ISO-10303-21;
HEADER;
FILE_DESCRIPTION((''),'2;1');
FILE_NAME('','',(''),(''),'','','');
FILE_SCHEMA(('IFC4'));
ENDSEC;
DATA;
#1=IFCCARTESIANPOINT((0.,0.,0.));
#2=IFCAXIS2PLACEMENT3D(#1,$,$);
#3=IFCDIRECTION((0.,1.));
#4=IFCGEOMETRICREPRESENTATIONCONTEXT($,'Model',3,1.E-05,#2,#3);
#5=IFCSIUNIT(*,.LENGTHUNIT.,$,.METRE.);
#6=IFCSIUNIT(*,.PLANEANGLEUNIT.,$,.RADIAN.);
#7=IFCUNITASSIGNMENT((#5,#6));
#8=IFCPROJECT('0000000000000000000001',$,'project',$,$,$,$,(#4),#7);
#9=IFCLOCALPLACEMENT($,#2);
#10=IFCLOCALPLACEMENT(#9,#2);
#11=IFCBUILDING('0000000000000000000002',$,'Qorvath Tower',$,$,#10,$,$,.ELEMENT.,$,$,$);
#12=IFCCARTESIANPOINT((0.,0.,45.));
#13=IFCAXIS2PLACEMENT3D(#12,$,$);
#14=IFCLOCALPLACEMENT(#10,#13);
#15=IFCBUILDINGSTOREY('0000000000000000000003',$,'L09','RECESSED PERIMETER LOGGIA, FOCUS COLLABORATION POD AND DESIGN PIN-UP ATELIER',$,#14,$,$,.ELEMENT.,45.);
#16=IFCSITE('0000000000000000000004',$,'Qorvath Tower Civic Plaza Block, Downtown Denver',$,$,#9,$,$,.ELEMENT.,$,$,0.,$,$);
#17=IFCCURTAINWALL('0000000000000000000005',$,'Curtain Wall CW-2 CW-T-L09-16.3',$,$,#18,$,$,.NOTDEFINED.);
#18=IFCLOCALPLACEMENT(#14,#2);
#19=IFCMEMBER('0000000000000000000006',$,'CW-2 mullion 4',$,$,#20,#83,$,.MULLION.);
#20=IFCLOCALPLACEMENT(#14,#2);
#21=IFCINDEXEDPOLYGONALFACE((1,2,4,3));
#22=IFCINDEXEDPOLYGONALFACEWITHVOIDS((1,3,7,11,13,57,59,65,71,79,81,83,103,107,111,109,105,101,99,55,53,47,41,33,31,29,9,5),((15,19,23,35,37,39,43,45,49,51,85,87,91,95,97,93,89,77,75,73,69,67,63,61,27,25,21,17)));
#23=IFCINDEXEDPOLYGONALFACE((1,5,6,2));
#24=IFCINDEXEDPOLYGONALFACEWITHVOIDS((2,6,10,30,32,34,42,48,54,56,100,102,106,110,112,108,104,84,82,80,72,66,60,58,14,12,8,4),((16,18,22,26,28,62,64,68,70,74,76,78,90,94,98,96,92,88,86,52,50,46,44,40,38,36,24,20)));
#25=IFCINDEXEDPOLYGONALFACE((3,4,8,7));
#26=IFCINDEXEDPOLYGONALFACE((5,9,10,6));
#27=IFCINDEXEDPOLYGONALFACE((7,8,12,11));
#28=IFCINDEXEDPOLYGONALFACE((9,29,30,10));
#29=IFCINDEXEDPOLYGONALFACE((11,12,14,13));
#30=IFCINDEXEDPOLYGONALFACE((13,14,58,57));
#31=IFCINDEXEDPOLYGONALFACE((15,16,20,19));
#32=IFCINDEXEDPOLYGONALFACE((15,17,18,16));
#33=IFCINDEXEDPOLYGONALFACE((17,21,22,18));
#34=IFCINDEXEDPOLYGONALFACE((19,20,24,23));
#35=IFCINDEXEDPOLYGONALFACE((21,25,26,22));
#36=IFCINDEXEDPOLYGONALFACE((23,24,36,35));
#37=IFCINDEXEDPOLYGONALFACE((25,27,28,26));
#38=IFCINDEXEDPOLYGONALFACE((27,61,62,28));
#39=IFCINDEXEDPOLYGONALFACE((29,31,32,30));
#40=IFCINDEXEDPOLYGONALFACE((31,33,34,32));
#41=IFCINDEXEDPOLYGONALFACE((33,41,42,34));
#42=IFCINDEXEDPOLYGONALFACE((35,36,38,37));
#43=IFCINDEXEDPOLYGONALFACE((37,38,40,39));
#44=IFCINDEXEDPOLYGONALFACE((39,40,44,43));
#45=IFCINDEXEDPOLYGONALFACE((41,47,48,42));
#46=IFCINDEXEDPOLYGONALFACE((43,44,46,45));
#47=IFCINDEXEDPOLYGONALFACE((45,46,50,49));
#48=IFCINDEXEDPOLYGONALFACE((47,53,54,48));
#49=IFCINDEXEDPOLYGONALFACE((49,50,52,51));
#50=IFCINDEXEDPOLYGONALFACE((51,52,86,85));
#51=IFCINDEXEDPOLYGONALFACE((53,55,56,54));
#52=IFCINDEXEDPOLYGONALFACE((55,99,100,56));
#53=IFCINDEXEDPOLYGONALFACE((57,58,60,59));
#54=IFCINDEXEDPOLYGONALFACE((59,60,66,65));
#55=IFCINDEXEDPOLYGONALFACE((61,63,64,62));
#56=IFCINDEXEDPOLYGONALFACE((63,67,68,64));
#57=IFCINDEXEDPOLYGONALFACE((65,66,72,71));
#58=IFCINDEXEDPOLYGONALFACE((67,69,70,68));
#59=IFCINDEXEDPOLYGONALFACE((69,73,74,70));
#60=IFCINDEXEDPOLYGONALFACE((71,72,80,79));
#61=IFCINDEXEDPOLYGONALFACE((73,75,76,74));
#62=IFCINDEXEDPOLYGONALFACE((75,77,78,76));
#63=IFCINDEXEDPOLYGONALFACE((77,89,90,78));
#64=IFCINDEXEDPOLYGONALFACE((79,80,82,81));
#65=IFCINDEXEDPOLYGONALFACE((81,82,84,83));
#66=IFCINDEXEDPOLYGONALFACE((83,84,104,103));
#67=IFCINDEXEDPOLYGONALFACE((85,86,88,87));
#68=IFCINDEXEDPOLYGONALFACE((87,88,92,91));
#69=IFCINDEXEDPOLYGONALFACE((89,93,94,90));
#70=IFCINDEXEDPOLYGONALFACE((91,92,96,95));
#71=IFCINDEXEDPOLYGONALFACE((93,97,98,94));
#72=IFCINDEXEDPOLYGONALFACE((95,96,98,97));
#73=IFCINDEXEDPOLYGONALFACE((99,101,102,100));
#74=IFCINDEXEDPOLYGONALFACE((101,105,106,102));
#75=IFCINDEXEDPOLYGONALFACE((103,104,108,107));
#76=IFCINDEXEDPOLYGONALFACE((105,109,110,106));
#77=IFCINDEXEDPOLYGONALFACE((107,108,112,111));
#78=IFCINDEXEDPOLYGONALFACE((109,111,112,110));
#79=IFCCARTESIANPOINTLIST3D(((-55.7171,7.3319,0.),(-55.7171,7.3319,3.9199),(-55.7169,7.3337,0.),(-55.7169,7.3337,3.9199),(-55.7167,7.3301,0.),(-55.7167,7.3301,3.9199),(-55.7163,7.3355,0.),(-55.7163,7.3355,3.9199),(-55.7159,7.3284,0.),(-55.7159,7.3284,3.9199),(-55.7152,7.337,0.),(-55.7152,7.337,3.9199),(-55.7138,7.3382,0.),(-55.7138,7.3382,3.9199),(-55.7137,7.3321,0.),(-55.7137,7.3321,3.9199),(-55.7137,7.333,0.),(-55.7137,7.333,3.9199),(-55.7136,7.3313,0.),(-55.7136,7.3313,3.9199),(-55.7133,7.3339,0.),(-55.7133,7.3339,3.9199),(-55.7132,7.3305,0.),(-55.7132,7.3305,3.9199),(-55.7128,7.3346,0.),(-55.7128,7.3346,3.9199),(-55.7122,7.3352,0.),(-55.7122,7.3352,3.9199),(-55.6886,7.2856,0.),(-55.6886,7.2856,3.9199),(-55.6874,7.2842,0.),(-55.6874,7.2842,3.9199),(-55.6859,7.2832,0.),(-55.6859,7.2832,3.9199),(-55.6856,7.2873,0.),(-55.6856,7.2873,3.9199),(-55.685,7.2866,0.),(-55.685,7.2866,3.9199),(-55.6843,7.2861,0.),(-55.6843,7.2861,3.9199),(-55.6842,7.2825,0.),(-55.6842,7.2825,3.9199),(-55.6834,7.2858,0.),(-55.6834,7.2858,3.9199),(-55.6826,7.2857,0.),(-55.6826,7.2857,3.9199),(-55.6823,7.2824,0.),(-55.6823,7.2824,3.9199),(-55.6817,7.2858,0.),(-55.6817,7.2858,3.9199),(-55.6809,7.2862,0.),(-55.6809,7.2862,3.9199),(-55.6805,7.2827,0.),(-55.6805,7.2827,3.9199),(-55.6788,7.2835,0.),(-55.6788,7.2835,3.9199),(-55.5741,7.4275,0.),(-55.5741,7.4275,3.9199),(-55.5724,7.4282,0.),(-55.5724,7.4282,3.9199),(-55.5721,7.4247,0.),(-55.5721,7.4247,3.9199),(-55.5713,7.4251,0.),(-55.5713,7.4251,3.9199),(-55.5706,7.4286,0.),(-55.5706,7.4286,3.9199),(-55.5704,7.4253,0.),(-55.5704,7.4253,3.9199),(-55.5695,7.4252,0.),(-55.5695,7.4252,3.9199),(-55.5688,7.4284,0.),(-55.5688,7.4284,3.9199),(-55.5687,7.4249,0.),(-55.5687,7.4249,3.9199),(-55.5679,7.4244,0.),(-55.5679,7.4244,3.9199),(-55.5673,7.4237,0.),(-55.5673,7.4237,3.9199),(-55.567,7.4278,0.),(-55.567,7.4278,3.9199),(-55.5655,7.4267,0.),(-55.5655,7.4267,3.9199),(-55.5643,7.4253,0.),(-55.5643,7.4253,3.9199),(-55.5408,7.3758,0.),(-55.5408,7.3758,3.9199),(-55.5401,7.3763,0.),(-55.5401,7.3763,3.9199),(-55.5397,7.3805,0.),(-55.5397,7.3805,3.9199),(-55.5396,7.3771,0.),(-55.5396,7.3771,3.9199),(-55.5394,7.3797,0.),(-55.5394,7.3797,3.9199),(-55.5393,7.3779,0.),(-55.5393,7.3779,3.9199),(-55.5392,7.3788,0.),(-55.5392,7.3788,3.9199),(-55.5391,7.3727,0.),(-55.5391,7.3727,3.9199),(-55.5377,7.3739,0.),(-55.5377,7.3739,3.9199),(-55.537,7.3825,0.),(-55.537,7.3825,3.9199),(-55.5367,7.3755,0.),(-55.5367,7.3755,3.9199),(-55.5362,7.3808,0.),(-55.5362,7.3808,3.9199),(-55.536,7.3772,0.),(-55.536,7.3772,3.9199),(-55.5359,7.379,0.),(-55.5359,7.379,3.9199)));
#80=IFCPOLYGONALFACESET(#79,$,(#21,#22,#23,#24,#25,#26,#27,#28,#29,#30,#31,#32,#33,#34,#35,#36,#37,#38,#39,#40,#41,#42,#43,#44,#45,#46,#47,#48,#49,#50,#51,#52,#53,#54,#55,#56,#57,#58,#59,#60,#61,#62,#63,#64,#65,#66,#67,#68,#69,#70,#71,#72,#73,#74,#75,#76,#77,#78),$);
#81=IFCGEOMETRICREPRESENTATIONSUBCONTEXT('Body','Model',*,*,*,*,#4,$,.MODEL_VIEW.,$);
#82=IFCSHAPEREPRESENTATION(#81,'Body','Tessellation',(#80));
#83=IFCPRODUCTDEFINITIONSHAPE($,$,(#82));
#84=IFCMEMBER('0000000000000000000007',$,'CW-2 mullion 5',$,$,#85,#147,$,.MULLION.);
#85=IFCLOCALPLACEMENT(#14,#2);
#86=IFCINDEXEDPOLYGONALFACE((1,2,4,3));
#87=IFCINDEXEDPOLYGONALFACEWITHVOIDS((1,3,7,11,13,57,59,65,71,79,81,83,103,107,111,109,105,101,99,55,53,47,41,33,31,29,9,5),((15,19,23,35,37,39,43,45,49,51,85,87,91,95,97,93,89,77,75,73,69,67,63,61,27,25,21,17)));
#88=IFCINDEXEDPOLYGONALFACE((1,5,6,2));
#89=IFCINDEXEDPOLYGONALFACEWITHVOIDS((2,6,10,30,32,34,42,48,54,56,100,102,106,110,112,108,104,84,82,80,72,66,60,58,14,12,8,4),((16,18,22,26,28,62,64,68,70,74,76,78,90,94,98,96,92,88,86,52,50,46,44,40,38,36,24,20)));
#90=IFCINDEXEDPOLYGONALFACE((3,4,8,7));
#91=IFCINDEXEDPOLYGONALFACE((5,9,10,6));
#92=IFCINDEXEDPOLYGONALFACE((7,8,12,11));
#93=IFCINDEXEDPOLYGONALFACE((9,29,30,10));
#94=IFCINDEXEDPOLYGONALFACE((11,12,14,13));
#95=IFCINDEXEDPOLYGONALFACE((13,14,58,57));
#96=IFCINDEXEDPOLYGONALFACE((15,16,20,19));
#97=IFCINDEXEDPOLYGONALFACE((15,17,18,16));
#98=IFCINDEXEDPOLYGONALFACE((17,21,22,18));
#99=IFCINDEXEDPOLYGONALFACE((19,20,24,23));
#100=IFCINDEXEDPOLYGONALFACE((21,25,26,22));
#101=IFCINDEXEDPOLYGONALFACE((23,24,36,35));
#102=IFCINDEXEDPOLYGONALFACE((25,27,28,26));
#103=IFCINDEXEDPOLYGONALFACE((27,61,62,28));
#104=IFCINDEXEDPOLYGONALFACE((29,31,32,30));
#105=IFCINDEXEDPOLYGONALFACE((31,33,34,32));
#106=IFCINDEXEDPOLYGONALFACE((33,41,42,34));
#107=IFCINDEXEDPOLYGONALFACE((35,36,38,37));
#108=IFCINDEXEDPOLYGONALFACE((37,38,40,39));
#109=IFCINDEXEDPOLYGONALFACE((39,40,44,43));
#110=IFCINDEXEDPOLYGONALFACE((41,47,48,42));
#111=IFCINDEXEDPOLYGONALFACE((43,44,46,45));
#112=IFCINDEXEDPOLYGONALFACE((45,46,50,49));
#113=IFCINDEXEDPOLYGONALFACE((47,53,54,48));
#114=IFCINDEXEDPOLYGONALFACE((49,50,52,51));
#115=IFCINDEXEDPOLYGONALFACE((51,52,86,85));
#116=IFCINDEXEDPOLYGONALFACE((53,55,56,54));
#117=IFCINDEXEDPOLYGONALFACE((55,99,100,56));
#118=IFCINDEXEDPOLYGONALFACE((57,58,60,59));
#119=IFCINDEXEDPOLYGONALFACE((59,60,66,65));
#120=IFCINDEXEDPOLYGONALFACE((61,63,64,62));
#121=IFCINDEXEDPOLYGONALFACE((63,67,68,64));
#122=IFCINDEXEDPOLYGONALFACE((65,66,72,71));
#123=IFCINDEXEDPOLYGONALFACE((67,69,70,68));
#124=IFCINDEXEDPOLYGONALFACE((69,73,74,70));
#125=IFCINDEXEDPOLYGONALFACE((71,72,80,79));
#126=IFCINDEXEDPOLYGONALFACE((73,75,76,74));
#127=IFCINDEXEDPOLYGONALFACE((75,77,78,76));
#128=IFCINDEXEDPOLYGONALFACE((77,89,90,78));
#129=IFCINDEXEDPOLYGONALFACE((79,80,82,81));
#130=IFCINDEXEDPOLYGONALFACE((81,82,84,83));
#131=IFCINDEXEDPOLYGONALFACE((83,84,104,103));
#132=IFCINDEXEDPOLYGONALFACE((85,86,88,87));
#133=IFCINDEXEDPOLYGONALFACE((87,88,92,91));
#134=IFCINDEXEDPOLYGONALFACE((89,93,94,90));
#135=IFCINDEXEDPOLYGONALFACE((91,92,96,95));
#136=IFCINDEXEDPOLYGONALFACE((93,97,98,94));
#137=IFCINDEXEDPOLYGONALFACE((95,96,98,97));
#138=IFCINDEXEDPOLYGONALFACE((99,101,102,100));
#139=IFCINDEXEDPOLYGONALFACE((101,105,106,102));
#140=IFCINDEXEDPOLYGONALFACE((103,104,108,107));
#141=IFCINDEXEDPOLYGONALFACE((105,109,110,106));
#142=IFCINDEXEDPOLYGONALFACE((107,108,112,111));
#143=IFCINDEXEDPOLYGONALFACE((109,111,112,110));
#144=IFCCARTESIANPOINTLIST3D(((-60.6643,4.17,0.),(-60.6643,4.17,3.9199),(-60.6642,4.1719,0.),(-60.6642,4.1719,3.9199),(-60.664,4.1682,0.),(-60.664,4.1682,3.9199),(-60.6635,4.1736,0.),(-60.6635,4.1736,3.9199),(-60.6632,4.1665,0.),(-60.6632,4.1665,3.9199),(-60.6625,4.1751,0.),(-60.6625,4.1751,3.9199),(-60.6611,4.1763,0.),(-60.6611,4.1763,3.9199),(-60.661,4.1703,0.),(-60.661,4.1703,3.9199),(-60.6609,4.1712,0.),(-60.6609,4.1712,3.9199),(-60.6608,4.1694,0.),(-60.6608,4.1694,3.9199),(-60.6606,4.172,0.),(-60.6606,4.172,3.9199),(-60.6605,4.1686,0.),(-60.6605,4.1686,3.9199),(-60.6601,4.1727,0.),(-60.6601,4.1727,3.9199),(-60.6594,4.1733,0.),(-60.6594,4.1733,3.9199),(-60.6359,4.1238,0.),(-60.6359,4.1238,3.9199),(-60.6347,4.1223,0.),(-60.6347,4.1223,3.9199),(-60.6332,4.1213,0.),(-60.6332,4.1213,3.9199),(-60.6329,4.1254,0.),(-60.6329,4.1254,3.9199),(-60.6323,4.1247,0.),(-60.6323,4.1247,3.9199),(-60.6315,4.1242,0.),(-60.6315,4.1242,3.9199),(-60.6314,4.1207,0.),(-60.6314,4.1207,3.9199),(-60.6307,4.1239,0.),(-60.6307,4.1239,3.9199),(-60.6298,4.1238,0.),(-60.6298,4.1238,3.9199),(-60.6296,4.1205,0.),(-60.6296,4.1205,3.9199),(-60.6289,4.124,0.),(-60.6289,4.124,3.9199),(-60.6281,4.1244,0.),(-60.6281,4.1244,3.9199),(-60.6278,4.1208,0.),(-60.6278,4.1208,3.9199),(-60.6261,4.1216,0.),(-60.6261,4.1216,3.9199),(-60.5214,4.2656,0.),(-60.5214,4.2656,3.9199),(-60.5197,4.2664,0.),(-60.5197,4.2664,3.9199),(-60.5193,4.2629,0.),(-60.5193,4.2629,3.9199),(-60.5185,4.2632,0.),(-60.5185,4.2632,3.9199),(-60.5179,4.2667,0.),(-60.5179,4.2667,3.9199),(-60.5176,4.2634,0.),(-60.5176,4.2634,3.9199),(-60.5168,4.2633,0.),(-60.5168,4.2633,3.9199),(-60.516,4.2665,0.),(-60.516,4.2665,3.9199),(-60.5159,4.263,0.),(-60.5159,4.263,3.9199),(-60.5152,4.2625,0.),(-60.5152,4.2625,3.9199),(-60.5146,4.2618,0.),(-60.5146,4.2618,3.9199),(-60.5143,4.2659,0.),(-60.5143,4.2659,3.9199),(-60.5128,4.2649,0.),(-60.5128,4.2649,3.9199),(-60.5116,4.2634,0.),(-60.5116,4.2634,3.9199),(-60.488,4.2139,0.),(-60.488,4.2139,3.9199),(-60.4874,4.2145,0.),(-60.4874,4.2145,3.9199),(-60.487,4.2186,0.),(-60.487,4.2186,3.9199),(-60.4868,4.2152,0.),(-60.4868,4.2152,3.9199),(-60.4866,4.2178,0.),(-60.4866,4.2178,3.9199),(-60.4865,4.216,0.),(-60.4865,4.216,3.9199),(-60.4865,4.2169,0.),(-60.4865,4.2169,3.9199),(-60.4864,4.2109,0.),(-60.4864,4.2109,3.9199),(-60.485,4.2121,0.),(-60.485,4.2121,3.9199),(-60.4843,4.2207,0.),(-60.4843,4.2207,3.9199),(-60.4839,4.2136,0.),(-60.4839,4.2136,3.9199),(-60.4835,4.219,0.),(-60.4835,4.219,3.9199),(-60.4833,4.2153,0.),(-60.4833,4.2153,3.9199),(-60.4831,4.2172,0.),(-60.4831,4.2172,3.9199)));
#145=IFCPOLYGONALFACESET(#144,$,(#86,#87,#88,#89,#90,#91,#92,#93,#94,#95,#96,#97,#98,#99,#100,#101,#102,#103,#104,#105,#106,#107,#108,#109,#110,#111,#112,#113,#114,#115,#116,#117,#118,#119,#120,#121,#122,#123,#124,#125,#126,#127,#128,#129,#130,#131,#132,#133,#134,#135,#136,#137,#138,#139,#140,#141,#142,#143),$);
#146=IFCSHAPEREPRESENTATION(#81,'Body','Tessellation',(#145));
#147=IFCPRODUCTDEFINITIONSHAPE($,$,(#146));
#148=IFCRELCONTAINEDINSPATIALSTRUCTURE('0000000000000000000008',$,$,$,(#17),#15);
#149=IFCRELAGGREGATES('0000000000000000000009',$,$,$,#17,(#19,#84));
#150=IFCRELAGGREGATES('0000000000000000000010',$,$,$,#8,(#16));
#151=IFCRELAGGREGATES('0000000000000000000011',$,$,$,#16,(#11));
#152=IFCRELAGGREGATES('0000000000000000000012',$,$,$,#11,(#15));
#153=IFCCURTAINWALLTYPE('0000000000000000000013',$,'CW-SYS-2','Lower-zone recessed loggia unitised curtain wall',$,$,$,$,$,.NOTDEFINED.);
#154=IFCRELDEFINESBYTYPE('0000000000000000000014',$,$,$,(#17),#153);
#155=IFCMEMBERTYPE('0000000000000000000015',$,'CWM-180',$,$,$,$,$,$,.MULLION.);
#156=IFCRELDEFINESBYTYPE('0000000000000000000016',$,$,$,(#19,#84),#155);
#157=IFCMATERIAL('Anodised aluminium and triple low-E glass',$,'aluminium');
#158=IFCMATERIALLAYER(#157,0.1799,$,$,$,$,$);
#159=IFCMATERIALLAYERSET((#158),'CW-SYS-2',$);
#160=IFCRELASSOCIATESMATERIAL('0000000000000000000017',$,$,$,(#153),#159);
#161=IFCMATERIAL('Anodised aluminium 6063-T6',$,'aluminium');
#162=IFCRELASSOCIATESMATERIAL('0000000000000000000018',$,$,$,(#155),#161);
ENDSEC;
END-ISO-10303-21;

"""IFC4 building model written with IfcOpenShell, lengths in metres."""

from ifc_helpers import new_model, si_unit, direction, frame, origin, origin_2d, place, context, subcontext, project, spatial, hollow_rectangle, extrude, material, layer, layer_set, material_profile, profile_set, type_object, element, aggregate, save


model = new_model("IFC4")

# Units and contexts
model_context = context("Model", 3, precision=1e-05, world=origin(), true_north=direction((0.0, 1.0)))
body_context = subcontext(model_context, "Body", "Model", "MODEL_VIEW")
ifc_project = project(units=[si_unit("LENGTHUNIT", "METRE"), si_unit("PLANEANGLEUNIT", "RADIAN")], contexts=[model_context])

# Site, building, storey
site_placement = place(None, origin())
site = spatial("IfcSite", under=ifc_project, at=site_placement, Name="Qorvath Tower Civic Plaza Block, Downtown Denver", CompositionType="ELEMENT", RefElevation=0.0)
building_placement = place(site_placement, origin())
building = spatial("IfcBuilding", under=site, at=building_placement, Name="Qorvath Tower", CompositionType="ELEMENT")
storey_placement = place(building_placement, frame((0.0, 0.0, 45.0)))
storey = spatial("IfcBuildingStorey", under=building, at=storey_placement, Name="L09", Description="RECESSED PERIMETER LOGGIA, FOCUS COLLABORATION POD AND DESIGN PIN-UP ATELIER", CompositionType="ELEMENT", Elevation=45.0)

# Curtain wall, members
ifc_material_1 = material(Name="Anodised aluminium and triple low-E glass", Category="aluminium")
ifc_layer_1 = layer(ifc_material_1, 0.1799)
ifc_layer_set_1 = layer_set([ifc_layer_1], Name="CW-SYS-2")
curtain_wall_type = type_object("IfcCurtainWallType", Name="CW-SYS-2", Description="Lower-zone recessed loggia unitised curtain wall", PredefinedType="NOTDEFINED", material=ifc_layer_set_1)
curtain_wall_placement = place(storey_placement, origin())
curtain_wall = element("IfcCurtainWall", 1, at=curtain_wall_placement, inside=storey, type_object=curtain_wall_type, Name="Curtain Wall CW-2 CW-T-L09-16.3", PredefinedType="NOTDEFINED")
ifc_material_2 = material(Name="Anodised aluminium 6063-T6", Category="aluminium")
ifc_material_profile_1 = material_profile(ifc_material_2, hollow_rectangle(XDim=0.0649, YDim=0.1799, WallThickness=0.0034, InnerFilletRadius=0.0034, OuterFilletRadius=0.0071, at=origin_2d()), Name="CWM 180x65")
ifc_profile_set_1 = profile_set([ifc_material_profile_1], Name="Anodised aluminium 6063-T6")
member_type_1 = type_object("IfcMemberType", Name="CWM-180", PredefinedType="MULLION", material=ifc_profile_set_1)
member_1_placement = place(storey_placement, frame((-55.6265, 7.3555, 0.0), z_axis=(0.0, 0.0, 1.0), x_axis=(0.538532, -0.842605, 0.0)))
member_1 = element("IfcMember", 2, at=member_1_placement, type_object=member_type_1, Name="CW-2 mullion 4", PredefinedType="MULLION", context=body_context, shape_type="SweptSolid", body=[
    extrude(hollow_rectangle(XDim=0.0649, YDim=0.1799, WallThickness=0.0034, InnerFilletRadius=0.0034, OuterFilletRadius=0.0071, at=origin_2d()), origin(), (0.0, 0.0, 1.0), 3.9199),
])
member_2_placement = place(storey_placement, frame((-60.5737, 4.1936, 0.0), z_axis=(0.0, 0.0, 1.0), x_axis=(0.538532, -0.842605, 0.0)))
member_2 = element("IfcMember", 3, at=member_2_placement, type_object=member_type_1, Name="CW-2 mullion 5", PredefinedType="MULLION", context=body_context, shape_type="SweptSolid", body=[
    extrude(hollow_rectangle(XDim=0.0649, YDim=0.1799, WallThickness=0.0034, InnerFilletRadius=0.0034, OuterFilletRadius=0.0071, at=origin_2d()), origin(), (0.0, 0.0, 1.0), 3.9199),
])
aggregate(curtain_wall, [member_1, member_2])

save(model, "model.ifc")
